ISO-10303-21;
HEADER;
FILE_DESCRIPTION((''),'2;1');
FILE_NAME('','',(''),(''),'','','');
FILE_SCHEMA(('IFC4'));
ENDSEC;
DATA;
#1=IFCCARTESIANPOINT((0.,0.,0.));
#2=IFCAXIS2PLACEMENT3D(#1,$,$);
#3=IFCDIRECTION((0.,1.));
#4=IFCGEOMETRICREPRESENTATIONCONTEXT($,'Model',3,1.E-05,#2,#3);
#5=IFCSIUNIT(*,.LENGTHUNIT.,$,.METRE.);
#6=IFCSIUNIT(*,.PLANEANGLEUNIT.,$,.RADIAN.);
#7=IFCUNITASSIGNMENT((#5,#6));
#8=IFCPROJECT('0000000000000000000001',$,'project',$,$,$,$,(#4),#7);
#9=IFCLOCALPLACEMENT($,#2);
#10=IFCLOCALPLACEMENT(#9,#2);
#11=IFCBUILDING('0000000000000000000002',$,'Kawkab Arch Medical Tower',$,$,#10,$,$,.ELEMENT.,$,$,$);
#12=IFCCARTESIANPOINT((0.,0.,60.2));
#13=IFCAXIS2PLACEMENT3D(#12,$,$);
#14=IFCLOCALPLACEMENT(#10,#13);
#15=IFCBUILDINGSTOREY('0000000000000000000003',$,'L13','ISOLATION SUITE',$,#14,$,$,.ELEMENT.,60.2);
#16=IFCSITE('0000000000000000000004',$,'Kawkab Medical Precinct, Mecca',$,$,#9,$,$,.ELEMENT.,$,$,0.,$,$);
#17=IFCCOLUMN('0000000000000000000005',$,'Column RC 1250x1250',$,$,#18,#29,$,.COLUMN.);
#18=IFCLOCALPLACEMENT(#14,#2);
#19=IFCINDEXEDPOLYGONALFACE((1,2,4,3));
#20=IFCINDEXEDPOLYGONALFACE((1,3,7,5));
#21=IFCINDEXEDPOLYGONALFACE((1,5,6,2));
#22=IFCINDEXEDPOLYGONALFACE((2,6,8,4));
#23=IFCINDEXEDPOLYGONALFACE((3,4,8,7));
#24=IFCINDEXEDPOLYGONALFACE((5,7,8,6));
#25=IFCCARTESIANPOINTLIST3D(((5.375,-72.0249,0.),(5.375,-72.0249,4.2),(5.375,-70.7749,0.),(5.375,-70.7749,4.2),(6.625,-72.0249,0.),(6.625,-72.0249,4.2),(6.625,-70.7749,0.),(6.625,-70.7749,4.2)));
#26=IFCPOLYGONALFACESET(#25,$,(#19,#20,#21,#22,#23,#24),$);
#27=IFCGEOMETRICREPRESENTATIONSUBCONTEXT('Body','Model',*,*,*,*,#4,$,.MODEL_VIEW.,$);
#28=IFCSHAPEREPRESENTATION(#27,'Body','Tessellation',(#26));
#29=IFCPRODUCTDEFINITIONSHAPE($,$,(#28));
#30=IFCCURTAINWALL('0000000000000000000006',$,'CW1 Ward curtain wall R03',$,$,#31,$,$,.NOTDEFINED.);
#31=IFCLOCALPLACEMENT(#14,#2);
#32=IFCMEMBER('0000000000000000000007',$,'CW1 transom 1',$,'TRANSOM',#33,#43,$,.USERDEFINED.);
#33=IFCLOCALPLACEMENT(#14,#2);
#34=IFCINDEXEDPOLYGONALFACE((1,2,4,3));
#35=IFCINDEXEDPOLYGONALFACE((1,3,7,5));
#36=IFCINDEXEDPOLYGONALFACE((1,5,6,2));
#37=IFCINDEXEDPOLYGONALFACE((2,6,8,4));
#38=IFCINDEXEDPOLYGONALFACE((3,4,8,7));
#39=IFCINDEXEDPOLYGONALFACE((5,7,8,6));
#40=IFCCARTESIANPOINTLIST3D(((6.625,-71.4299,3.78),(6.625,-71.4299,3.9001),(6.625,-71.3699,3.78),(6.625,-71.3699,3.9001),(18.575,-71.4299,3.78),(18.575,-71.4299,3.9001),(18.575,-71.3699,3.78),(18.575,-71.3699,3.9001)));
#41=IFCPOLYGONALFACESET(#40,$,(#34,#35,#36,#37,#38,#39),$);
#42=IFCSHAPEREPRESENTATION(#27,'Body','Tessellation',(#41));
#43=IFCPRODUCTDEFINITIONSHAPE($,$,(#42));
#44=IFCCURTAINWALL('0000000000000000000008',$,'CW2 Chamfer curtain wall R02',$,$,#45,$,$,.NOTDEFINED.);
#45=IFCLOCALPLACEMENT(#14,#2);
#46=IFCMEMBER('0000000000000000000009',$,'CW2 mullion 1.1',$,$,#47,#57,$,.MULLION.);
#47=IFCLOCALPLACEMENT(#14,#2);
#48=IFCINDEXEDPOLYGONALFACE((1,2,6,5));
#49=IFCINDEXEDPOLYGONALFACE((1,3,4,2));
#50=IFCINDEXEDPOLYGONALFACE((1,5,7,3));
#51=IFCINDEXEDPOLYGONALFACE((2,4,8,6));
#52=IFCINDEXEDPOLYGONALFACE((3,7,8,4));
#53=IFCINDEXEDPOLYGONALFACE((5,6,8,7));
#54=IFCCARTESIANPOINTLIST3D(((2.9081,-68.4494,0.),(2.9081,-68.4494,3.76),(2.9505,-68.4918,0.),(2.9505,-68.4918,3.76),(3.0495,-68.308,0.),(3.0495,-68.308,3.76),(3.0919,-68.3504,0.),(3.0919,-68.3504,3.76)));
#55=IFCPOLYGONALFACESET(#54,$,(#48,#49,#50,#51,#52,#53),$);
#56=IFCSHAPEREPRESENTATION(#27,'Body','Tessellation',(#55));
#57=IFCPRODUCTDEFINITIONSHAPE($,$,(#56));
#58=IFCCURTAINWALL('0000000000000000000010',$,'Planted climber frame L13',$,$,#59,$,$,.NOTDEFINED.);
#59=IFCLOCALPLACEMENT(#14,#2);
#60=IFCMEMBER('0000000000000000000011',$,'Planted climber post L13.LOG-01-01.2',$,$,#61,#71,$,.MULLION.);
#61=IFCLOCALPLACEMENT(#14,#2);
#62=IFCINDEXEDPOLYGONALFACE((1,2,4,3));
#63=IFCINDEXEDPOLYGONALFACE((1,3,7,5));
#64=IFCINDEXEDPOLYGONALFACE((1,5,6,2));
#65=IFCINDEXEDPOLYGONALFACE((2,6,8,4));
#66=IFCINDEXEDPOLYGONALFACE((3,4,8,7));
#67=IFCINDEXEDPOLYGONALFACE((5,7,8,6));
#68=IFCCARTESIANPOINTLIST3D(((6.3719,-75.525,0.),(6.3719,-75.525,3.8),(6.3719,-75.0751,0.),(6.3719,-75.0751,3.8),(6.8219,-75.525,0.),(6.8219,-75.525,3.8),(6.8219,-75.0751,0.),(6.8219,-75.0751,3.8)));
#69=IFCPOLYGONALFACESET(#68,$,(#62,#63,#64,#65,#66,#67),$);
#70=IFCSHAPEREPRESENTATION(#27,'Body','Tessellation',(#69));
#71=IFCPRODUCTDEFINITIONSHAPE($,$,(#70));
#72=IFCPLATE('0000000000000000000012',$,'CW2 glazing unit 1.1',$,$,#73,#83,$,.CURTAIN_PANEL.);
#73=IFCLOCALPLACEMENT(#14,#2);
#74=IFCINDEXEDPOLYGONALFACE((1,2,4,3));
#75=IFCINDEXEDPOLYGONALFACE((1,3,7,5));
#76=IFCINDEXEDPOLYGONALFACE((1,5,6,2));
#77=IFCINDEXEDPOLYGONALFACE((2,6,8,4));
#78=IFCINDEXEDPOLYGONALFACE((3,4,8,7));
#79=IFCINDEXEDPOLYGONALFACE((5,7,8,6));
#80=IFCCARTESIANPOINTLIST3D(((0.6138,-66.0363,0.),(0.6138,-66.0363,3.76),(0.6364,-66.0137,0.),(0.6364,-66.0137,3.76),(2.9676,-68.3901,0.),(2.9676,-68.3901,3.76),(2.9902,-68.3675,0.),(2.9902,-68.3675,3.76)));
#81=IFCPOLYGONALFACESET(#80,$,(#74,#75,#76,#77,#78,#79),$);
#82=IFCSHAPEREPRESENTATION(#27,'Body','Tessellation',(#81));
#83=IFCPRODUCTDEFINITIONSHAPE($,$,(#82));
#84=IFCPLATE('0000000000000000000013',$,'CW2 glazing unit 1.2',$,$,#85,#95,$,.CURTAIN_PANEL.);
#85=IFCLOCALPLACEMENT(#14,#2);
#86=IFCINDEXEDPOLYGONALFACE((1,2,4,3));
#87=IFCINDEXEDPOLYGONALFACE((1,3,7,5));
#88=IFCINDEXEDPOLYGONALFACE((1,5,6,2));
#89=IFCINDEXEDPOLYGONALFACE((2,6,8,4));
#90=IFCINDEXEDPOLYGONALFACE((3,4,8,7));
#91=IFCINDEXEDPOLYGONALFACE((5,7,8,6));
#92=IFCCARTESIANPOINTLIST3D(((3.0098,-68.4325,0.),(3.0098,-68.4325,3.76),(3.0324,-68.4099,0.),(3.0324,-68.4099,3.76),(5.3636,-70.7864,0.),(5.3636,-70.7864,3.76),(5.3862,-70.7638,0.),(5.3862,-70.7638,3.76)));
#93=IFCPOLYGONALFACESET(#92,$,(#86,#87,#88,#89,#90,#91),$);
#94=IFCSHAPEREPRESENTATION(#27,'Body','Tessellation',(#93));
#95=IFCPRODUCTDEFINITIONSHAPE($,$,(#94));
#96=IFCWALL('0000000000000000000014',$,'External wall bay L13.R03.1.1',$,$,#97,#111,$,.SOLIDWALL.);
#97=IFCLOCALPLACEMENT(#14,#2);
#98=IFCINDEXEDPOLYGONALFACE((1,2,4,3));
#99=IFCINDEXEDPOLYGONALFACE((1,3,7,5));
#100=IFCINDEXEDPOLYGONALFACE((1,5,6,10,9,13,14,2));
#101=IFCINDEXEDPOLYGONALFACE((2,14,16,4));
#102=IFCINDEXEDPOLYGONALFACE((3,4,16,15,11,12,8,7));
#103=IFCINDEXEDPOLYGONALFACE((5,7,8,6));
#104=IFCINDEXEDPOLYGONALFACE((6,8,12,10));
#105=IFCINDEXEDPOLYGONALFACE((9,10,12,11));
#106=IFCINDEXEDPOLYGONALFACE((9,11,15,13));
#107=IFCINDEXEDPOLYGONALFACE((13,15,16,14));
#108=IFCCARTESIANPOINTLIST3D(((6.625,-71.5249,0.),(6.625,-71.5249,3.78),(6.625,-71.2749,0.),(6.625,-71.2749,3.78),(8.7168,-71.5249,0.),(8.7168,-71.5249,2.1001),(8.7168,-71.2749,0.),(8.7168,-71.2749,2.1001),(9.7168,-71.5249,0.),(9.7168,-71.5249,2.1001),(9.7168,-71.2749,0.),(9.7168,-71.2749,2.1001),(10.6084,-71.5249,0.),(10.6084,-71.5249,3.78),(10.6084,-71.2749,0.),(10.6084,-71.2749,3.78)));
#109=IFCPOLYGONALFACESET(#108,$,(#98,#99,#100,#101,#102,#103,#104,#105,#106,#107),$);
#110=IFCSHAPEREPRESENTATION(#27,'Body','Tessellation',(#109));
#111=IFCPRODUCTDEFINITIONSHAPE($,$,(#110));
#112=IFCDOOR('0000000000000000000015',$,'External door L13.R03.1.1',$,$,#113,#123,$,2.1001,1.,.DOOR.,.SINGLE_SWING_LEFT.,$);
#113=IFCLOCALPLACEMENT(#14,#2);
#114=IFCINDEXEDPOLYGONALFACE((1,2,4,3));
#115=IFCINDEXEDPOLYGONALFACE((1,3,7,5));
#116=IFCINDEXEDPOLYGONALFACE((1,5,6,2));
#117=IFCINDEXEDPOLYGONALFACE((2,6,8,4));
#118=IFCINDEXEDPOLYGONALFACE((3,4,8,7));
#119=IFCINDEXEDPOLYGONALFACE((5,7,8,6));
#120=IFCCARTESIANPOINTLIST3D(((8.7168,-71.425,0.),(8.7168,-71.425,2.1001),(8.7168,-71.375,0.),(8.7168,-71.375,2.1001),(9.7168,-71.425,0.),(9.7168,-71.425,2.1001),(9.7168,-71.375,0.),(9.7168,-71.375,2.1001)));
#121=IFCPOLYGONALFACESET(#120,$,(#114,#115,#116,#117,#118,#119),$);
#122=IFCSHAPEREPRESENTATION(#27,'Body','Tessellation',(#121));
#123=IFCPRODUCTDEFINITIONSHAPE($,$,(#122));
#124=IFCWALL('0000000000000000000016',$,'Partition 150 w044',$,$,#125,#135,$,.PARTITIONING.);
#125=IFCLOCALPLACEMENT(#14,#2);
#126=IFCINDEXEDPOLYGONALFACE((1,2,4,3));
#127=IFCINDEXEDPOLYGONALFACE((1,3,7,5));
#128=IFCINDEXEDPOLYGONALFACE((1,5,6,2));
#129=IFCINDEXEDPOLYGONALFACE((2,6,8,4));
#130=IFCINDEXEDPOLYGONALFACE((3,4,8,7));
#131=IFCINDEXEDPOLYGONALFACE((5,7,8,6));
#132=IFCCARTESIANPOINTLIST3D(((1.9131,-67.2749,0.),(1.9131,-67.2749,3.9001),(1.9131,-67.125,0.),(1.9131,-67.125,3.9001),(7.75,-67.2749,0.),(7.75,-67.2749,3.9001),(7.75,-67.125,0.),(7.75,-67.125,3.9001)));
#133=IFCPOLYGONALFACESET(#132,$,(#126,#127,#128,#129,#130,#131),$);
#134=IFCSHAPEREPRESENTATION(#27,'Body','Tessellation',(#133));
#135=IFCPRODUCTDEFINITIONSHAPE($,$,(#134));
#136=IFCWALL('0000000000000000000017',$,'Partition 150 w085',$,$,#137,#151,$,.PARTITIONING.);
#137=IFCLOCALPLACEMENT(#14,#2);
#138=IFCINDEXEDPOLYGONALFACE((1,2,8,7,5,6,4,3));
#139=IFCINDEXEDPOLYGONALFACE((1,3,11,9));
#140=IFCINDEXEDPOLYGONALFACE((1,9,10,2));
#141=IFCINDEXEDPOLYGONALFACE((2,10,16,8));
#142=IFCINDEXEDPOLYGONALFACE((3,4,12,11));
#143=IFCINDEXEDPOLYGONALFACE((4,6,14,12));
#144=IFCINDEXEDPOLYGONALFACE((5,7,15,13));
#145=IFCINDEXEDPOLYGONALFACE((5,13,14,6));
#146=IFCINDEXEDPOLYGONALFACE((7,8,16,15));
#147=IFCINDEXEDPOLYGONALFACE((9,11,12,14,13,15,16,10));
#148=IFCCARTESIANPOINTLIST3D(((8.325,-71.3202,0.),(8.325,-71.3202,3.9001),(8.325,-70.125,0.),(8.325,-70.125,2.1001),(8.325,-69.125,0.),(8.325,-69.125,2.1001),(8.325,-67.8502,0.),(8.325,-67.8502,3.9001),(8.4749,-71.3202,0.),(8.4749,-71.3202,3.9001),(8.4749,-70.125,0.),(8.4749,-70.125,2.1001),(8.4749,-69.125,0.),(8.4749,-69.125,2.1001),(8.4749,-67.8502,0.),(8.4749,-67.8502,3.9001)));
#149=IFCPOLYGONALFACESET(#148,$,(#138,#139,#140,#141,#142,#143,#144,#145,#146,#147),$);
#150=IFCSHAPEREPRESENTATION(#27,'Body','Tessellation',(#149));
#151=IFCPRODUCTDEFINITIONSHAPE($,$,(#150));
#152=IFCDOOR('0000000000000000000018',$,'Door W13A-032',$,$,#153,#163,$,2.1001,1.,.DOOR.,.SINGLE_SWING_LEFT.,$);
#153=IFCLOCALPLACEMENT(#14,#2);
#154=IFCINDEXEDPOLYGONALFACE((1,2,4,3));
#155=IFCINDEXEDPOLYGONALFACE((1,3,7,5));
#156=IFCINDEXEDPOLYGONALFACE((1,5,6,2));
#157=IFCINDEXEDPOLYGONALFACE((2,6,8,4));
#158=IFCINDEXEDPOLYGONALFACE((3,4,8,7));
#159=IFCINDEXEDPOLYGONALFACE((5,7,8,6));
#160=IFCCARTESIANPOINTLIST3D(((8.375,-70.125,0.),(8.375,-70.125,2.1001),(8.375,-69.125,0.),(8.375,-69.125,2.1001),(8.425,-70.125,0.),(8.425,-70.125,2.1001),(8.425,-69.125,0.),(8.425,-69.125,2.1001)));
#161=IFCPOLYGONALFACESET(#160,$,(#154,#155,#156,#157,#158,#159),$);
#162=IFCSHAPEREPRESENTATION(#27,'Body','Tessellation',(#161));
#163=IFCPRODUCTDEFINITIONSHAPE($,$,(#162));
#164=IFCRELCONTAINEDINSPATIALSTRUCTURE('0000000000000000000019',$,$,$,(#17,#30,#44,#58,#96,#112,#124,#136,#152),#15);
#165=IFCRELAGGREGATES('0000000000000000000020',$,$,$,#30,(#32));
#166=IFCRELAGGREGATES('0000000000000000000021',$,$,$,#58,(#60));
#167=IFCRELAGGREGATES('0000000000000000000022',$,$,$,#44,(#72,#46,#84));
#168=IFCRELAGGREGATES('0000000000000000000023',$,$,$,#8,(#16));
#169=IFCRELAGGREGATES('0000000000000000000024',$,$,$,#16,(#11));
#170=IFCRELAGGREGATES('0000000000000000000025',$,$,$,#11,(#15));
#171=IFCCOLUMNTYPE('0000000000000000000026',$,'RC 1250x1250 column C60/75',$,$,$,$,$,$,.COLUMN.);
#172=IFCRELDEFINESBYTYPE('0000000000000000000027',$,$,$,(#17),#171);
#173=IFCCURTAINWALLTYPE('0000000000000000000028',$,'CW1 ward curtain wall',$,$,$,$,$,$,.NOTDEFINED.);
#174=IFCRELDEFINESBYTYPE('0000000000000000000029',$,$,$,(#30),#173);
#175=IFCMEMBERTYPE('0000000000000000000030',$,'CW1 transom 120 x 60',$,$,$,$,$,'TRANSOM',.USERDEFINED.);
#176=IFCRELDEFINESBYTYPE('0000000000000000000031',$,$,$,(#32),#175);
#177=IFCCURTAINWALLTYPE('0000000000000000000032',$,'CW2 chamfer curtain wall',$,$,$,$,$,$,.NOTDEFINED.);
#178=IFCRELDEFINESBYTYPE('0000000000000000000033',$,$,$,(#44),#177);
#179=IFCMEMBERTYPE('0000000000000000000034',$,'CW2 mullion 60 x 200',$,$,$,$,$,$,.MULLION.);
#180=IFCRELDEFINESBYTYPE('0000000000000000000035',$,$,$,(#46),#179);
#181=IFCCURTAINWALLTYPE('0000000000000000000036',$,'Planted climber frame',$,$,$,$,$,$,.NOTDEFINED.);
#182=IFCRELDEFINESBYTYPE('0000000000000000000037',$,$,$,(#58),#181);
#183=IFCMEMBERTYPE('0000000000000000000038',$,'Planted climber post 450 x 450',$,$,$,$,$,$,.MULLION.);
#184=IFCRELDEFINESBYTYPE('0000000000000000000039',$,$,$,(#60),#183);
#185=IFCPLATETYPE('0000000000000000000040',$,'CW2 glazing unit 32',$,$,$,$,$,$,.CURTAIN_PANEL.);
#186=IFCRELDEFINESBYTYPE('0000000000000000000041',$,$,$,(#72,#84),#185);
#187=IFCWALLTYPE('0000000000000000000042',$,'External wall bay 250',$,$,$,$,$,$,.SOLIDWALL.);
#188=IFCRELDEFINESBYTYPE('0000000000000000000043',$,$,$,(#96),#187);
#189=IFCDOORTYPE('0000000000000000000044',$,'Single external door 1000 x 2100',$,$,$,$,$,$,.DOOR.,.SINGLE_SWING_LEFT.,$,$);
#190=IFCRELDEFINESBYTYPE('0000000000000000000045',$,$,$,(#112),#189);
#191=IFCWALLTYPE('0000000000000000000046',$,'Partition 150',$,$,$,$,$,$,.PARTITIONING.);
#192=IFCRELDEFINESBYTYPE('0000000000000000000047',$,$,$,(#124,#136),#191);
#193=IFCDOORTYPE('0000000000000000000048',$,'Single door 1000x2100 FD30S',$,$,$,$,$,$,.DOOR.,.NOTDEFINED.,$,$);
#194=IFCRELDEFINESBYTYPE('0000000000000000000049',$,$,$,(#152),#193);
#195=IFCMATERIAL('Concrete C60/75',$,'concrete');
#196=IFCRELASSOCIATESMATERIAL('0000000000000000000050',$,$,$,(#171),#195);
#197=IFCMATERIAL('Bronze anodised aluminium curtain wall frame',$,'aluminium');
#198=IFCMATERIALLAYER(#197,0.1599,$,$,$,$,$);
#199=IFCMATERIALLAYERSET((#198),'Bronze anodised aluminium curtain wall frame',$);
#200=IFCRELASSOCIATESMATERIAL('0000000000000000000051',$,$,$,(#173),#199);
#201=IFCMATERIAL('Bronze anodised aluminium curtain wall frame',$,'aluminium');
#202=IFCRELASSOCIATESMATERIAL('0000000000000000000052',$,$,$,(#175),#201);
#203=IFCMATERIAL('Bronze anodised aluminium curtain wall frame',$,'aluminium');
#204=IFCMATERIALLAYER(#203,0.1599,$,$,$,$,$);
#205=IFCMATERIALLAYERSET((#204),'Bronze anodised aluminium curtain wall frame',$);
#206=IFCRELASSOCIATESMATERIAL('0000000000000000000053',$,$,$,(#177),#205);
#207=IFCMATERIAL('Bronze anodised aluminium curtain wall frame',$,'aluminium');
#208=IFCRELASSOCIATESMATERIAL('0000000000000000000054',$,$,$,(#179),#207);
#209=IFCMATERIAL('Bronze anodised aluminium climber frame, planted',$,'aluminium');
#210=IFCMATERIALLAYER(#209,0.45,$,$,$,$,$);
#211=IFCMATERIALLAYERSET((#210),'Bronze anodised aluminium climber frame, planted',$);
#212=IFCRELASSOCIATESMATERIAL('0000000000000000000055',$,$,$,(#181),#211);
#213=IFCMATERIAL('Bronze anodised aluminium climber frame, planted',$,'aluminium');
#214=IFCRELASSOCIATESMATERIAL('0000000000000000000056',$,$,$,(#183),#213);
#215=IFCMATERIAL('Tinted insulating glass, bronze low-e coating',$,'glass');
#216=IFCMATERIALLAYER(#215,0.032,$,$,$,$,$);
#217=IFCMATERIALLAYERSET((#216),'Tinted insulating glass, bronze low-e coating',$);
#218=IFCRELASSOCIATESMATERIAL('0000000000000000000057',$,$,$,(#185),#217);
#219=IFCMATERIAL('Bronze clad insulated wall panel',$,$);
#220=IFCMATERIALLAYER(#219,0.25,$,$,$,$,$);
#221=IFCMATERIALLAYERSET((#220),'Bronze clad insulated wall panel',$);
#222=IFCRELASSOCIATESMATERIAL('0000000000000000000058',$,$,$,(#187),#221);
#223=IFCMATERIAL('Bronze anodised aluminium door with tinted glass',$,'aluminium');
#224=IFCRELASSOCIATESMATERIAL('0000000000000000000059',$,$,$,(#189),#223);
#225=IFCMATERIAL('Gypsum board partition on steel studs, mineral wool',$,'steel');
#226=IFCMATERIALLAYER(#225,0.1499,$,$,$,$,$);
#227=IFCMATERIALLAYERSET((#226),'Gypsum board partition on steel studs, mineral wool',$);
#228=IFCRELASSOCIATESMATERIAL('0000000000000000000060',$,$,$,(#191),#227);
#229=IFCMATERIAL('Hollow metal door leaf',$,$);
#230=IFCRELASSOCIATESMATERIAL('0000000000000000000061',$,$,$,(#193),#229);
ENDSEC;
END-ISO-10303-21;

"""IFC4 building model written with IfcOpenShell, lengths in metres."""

from ifc_helpers import new_model, si_unit, direction, frame, frame_2d, origin, origin_2d, place, context, subcontext, project, spatial, rectangle, extrude, material, layer, layer_set, material_profile, profile_set, type_object, element, fill, aggregate, save


model = new_model("IFC4")

# Units and contexts
model_context = context("Model", 3, precision=1e-05, world=origin(), true_north=direction((0.0, 1.0)))
body_context = subcontext(model_context, "Body", "Model", "MODEL_VIEW")
ifc_project = project(units=[si_unit("LENGTHUNIT", "METRE"), si_unit("PLANEANGLEUNIT", "RADIAN")], contexts=[model_context])

# Site, building, storey
site_placement = place(None, origin())
site = spatial("IfcSite", under=ifc_project, at=site_placement, Name="Kawkab Medical Precinct, Mecca", CompositionType="ELEMENT", RefElevation=0.0)
building_placement = place(site_placement, origin())
building = spatial("IfcBuilding", under=site, at=building_placement, Name="Kawkab Arch Medical Tower", CompositionType="ELEMENT")
storey_placement = place(building_placement, frame((0.0, 0.0, 60.2)))
storey = spatial("IfcBuildingStorey", under=building, at=storey_placement, Name="L13", Description="ISOLATION SUITE", CompositionType="ELEMENT", Elevation=60.2)

# Column
ifc_material_1 = material(Name="Concrete C60/75", Category="concrete")
ifc_material_profile_1 = material_profile(ifc_material_1, rectangle(XDim=1.25, YDim=1.25, at=origin_2d()), Name="RC 1250x1250")
ifc_profile_set_1 = profile_set([ifc_material_profile_1], Name="Concrete C60/75")
column_type = type_object("IfcColumnType", Name="RC 1250x1250 column C60/75", PredefinedType="COLUMN", material=ifc_profile_set_1)
column_placement = place(storey_placement, frame((6.0, -71.3999, 0.0), z_axis=(0.0, 0.0, 1.0), x_axis=(1.0, 0.0, 0.0)))
element("IfcColumn", 1, at=column_placement, inside=storey, type_object=column_type, Name="Column RC 1250x1250", PredefinedType="COLUMN", context=body_context, shape_type="SweptSolid", body=[
    extrude(rectangle(XDim=1.25, YDim=1.25, at=origin_2d()), origin(), (0.0, 0.0, 1.0), 4.2),
])

# Curtain walls, members
ifc_material_2 = material(Name="Bronze anodised aluminium curtain wall frame", Category="aluminium")
ifc_layer_1 = layer(ifc_material_2, 0.1599)
ifc_layer_set_1 = layer_set([ifc_layer_1], Name="Bronze anodised aluminium curtain wall frame")
curtain_wall_type_1 = type_object("IfcCurtainWallType", Name="CW1 ward curtain wall", PredefinedType="NOTDEFINED", material=ifc_layer_set_1)
placement = place(storey_placement, origin())
curtain_wall_1 = element("IfcCurtainWall", 2, at=placement, inside=storey, type_object=curtain_wall_type_1, Name="CW1 Ward curtain wall R03", PredefinedType="NOTDEFINED")
ifc_material_3 = material(Name="Bronze anodised aluminium curtain wall frame", Category="aluminium")
ifc_material_profile_2 = material_profile(ifc_material_3, rectangle(XDim=0.0601, YDim=0.1201, at=origin_2d()), Name="AL 60x120")
ifc_profile_set_2 = profile_set([ifc_material_profile_2], Name="Bronze anodised aluminium curtain wall frame")
member_type_1 = type_object("IfcMemberType", Name="CW1 transom 120 x 60", ElementType="TRANSOM", PredefinedType="USERDEFINED", material=ifc_profile_set_2)
member_1_placement = place(storey_placement, frame((6.625, -71.3999, 3.8401), z_axis=(1.0, 0.0, 0.0), x_axis=(0.0, 1.0, 0.0)))
member_1 = element("IfcMember", 3, at=member_1_placement, type_object=member_type_1, Name="CW1 transom 1", ObjectType="TRANSOM", PredefinedType="USERDEFINED", context=body_context, shape_type="SweptSolid", body=[
    extrude(rectangle(XDim=0.0601, YDim=0.1201, at=origin_2d()), origin(), (0.0, 0.0, 1.0), 11.95),
])
aggregate(curtain_wall_1, [member_1])
ifc_material_4 = material(Name="Bronze anodised aluminium curtain wall frame", Category="aluminium")
ifc_layer_2 = layer(ifc_material_4, 0.1599)
ifc_layer_set_2 = layer_set([ifc_layer_2], Name="Bronze anodised aluminium curtain wall frame")
curtain_wall_type_2 = type_object("IfcCurtainWallType", Name="CW2 chamfer curtain wall", PredefinedType="NOTDEFINED", material=ifc_layer_set_2)
curtain_wall_2 = element("IfcCurtainWall", 4, at=placement, inside=storey, type_object=curtain_wall_type_2, Name="CW2 Chamfer curtain wall R02", PredefinedType="NOTDEFINED")
ifc_material_5 = material(Name="Bronze anodised aluminium curtain wall frame", Category="aluminium")
ifc_material_profile_3 = material_profile(ifc_material_5, rectangle(XDim=0.2, YDim=0.0601, at=origin_2d()), Name="AL 60x200")
ifc_profile_set_3 = profile_set([ifc_material_profile_3], Name="Bronze anodised aluminium curtain wall frame")
member_type_2 = type_object("IfcMemberType", Name="CW2 mullion 60 x 200", PredefinedType="MULLION", material=ifc_profile_set_3)
member_2_placement = place(storey_placement, frame((3.0, -68.3999, 0.0), z_axis=(0.0, 0.0, 1.0), x_axis=(0.707107, 0.707107, 0.0)))
member_2 = element("IfcMember", 5, at=member_2_placement, type_object=member_type_2, Name="CW2 mullion 1.1", PredefinedType="MULLION", context=body_context, shape_type="SweptSolid", body=[
    extrude(rectangle(XDim=0.2, YDim=0.0601, at=origin_2d()), origin(), (0.0, 0.0, 1.0), 3.76),
])
ifc_material_6 = material(Name="Bronze anodised aluminium climber frame, planted", Category="aluminium")
ifc_layer_3 = layer(ifc_material_6, 0.45)
ifc_layer_set_3 = layer_set([ifc_layer_3], Name="Bronze anodised aluminium climber frame, planted")
curtain_wall_type_3 = type_object("IfcCurtainWallType", Name="Planted climber frame", PredefinedType="NOTDEFINED", material=ifc_layer_set_3)
curtain_wall_3 = element("IfcCurtainWall", 6, at=placement, inside=storey, type_object=curtain_wall_type_3, Name="Planted climber frame L13", PredefinedType="NOTDEFINED")
ifc_material_7 = material(Name="Bronze anodised aluminium climber frame, planted", Category="aluminium")
ifc_material_profile_4 = material_profile(ifc_material_7, rectangle(XDim=0.45, YDim=0.45, at=origin_2d()), Name="Post 450x450")
ifc_profile_set_4 = profile_set([ifc_material_profile_4], Name="Bronze anodised aluminium climber frame, planted")
member_type_3 = type_object("IfcMemberType", Name="Planted climber post 450 x 450", PredefinedType="MULLION", material=ifc_profile_set_4)
member_3_placement = place(storey_placement, frame((6.5969, -75.3, 0.0), z_axis=(0.0, 0.0, 1.0), x_axis=(1.0, 0.0, 0.0)))
member_3 = element("IfcMember", 7, at=member_3_placement, type_object=member_type_3, Name="Planted climber post L13.LOG-01-01.2", PredefinedType="MULLION", context=body_context, shape_type="SweptSolid", body=[
    extrude(rectangle(XDim=0.45, YDim=0.45, at=origin_2d()), origin(), (0.0, 0.0, 1.0), 3.8),
])
aggregate(curtain_wall_3, [member_3])

# Plates
ifc_material_8 = material(Name="Tinted insulating glass, bronze low-e coating", Category="glass")
ifc_layer_4 = layer(ifc_material_8, 0.032)
ifc_layer_set_4 = layer_set([ifc_layer_4], Name="Tinted insulating glass, bronze low-e coating")
plate_type = type_object("IfcPlateType", Name="CW2 glazing unit 32", PredefinedType="CURTAIN_PANEL", material=ifc_layer_set_4)
plate_1_placement = place(storey_placement, frame((1.802, -67.2019, 0.0), z_axis=(0.0, 0.0, 1.0), x_axis=(0.707107, -0.707107, 0.0)))
plate_1 = element("IfcPlate", 8, at=plate_1_placement, type_object=plate_type, Name="CW2 glazing unit 1.1", PredefinedType="CURTAIN_PANEL", context=body_context, shape_type="SweptSolid", body=[
    extrude(rectangle(XDim=3.3289, YDim=0.032, at=origin_2d()), origin(), (0.0, 0.0, 1.0), 3.76),
])
plate_2_placement = place(storey_placement, frame((4.198, -69.5981, 0.0), z_axis=(0.0, 0.0, 1.0), x_axis=(0.707107, -0.707107, 0.0)))
plate_2 = element("IfcPlate", 9, at=plate_2_placement, type_object=plate_type, Name="CW2 glazing unit 1.2", PredefinedType="CURTAIN_PANEL", context=body_context, shape_type="SweptSolid", body=[
    extrude(rectangle(XDim=3.3289, YDim=0.032, at=origin_2d()), origin(), (0.0, 0.0, 1.0), 3.76),
])
aggregate(curtain_wall_2, [plate_1, member_2, plate_2])

# Wall, opening, door
ifc_material_9 = material(Name="Bronze clad insulated wall panel")
ifc_layer_5 = layer(ifc_material_9, 0.25)
ifc_layer_set_5 = layer_set([ifc_layer_5], Name="Bronze clad insulated wall panel")
wall_type_1 = type_object("IfcWallType", Name="External wall bay 250", PredefinedType="SOLIDWALL", material=ifc_layer_set_5)
wall_1_placement = place(storey_placement, frame((6.625, -71.3999, 0.0), z_axis=(0.0, 0.0, 1.0), x_axis=(1.0, 0.0, 0.0)))
wall_1 = element("IfcWall", 10, at=wall_1_placement, inside=storey, type_object=wall_type_1, Name="External wall bay L13.R03.1.1", PredefinedType="SOLIDWALL", context=body_context, shape_type="SweptSolid", body=[
    extrude(rectangle(XDim=3.9834, YDim=0.25, at=frame_2d((1.9917, 0.0))), origin(), (0.0, 0.0, 1.0), 3.78),
])
opening_1_placement = place(wall_1_placement, frame((2.0918, 0.0, 0.0)))
opening_1 = element("IfcOpeningElement", 11, at=opening_1_placement, cuts=wall_1, PredefinedType="OPENING", context=body_context, shape_type="SweptSolid", body=[
    extrude(rectangle(XDim=1.0, YDim=2.1001, at=frame_2d((0.5, 1.05))), frame((0.0, 0.135, 0.0), z_axis=(0.0, -1.0, 0.0), x_axis=(1.0, 0.0, 0.0)), (0.0, 0.0, 1.0), 0.27),
])
ifc_material_10 = material(Name="Bronze anodised aluminium door with tinted glass", Category="aluminium")
door_type_1 = type_object("IfcDoorType", Name="Single external door 1000 x 2100", OperationType="SINGLE_SWING_LEFT", PredefinedType="DOOR", material=ifc_material_10)
door_1_placement = place(opening_1_placement, origin())
door_1 = element("IfcDoor", 12, at=door_1_placement, inside=storey, type_object=door_type_1, Name="External door L13.R03.1.1", OperationType="SINGLE_SWING_LEFT", OverallHeight=2.1001, OverallWidth=1.0, PredefinedType="DOOR", context=body_context, shape_type="SweptSolid", body=[
    extrude(rectangle(XDim=1.0, YDim=2.1001, at=frame_2d((0.5, 1.05))), frame((0.0, 0.0249, 0.0), z_axis=(0.0, -1.0, 0.0), x_axis=(1.0, 0.0, 0.0)), (0.0, 0.0, 1.0), 0.05),
])
fill(opening_1, door_1)

# Wall
ifc_material_11 = material(Name="Gypsum board partition on steel studs, mineral wool", Category="steel")
ifc_layer_6 = layer(ifc_material_11, 0.1499)
ifc_layer_set_6 = layer_set([ifc_layer_6], Name="Gypsum board partition on steel studs, mineral wool")
wall_type_2 = type_object("IfcWallType", Name="Partition 150", PredefinedType="PARTITIONING", material=ifc_layer_set_6)
wall_2_placement = place(storey_placement, frame((1.9131, -67.2, 0.0), z_axis=(0.0, 0.0, 1.0), x_axis=(1.0, 0.0, 0.0)))
element("IfcWall", 13, at=wall_2_placement, inside=storey, type_object=wall_type_2, Name="Partition 150 w044", PredefinedType="PARTITIONING", context=body_context, shape_type="SweptSolid", body=[
    extrude(rectangle(XDim=5.8369, YDim=0.1499, at=frame_2d((2.9185, 0.0))), origin(), (0.0, 0.0, 1.0), 3.9001),
])

# Wall, opening, door
wall_3_placement = place(storey_placement, frame((8.3999, -71.3201, 0.0), z_axis=(0.0, 0.0, 1.0), x_axis=(0.0, 1.0, 0.0)))
wall_3 = element("IfcWall", 14, at=wall_3_placement, inside=storey, type_object=wall_type_2, Name="Partition 150 w085", PredefinedType="PARTITIONING", context=body_context, shape_type="SweptSolid", body=[
    extrude(rectangle(XDim=3.47, YDim=0.1499, at=frame_2d((1.7349, 0.0))), origin(), (0.0, 0.0, 1.0), 3.9001),
])
opening_2_placement = place(wall_3_placement, frame((1.1951, 0.0, 0.0)))
opening_2 = element("IfcOpeningElement", 15, at=opening_2_placement, cuts=wall_3, PredefinedType="OPENING", context=body_context, shape_type="SweptSolid", body=[
    extrude(rectangle(XDim=1.0, YDim=2.1001, at=frame_2d((0.5, 1.05))), frame((0.0, 0.085, 0.0), z_axis=(0.0, -1.0, 0.0), x_axis=(1.0, 0.0, 0.0)), (0.0, 0.0, 1.0), 0.1699),
])
ifc_material_12 = material(Name="Hollow metal door leaf")
door_type_2 = type_object("IfcDoorType", Name="Single door 1000x2100 FD30S", OperationType="NOTDEFINED", PredefinedType="DOOR", material=ifc_material_12)
door_2_placement = place(opening_2_placement, origin())
door_2 = element("IfcDoor", 16, at=door_2_placement, inside=storey, type_object=door_type_2, Name="Door W13A-032", OperationType="SINGLE_SWING_LEFT", OverallHeight=2.1001, OverallWidth=1.0, PredefinedType="DOOR", context=body_context, shape_type="SweptSolid", body=[
    extrude(rectangle(XDim=1.0, YDim=2.1001, at=frame_2d((0.5, 1.05))), frame((0.0, 0.0249, 0.0), z_axis=(0.0, -1.0, 0.0), x_axis=(1.0, 0.0, 0.0)), (0.0, 0.0, 1.0), 0.05),
])
fill(opening_2, door_2)

save(model, "model.ifc")
